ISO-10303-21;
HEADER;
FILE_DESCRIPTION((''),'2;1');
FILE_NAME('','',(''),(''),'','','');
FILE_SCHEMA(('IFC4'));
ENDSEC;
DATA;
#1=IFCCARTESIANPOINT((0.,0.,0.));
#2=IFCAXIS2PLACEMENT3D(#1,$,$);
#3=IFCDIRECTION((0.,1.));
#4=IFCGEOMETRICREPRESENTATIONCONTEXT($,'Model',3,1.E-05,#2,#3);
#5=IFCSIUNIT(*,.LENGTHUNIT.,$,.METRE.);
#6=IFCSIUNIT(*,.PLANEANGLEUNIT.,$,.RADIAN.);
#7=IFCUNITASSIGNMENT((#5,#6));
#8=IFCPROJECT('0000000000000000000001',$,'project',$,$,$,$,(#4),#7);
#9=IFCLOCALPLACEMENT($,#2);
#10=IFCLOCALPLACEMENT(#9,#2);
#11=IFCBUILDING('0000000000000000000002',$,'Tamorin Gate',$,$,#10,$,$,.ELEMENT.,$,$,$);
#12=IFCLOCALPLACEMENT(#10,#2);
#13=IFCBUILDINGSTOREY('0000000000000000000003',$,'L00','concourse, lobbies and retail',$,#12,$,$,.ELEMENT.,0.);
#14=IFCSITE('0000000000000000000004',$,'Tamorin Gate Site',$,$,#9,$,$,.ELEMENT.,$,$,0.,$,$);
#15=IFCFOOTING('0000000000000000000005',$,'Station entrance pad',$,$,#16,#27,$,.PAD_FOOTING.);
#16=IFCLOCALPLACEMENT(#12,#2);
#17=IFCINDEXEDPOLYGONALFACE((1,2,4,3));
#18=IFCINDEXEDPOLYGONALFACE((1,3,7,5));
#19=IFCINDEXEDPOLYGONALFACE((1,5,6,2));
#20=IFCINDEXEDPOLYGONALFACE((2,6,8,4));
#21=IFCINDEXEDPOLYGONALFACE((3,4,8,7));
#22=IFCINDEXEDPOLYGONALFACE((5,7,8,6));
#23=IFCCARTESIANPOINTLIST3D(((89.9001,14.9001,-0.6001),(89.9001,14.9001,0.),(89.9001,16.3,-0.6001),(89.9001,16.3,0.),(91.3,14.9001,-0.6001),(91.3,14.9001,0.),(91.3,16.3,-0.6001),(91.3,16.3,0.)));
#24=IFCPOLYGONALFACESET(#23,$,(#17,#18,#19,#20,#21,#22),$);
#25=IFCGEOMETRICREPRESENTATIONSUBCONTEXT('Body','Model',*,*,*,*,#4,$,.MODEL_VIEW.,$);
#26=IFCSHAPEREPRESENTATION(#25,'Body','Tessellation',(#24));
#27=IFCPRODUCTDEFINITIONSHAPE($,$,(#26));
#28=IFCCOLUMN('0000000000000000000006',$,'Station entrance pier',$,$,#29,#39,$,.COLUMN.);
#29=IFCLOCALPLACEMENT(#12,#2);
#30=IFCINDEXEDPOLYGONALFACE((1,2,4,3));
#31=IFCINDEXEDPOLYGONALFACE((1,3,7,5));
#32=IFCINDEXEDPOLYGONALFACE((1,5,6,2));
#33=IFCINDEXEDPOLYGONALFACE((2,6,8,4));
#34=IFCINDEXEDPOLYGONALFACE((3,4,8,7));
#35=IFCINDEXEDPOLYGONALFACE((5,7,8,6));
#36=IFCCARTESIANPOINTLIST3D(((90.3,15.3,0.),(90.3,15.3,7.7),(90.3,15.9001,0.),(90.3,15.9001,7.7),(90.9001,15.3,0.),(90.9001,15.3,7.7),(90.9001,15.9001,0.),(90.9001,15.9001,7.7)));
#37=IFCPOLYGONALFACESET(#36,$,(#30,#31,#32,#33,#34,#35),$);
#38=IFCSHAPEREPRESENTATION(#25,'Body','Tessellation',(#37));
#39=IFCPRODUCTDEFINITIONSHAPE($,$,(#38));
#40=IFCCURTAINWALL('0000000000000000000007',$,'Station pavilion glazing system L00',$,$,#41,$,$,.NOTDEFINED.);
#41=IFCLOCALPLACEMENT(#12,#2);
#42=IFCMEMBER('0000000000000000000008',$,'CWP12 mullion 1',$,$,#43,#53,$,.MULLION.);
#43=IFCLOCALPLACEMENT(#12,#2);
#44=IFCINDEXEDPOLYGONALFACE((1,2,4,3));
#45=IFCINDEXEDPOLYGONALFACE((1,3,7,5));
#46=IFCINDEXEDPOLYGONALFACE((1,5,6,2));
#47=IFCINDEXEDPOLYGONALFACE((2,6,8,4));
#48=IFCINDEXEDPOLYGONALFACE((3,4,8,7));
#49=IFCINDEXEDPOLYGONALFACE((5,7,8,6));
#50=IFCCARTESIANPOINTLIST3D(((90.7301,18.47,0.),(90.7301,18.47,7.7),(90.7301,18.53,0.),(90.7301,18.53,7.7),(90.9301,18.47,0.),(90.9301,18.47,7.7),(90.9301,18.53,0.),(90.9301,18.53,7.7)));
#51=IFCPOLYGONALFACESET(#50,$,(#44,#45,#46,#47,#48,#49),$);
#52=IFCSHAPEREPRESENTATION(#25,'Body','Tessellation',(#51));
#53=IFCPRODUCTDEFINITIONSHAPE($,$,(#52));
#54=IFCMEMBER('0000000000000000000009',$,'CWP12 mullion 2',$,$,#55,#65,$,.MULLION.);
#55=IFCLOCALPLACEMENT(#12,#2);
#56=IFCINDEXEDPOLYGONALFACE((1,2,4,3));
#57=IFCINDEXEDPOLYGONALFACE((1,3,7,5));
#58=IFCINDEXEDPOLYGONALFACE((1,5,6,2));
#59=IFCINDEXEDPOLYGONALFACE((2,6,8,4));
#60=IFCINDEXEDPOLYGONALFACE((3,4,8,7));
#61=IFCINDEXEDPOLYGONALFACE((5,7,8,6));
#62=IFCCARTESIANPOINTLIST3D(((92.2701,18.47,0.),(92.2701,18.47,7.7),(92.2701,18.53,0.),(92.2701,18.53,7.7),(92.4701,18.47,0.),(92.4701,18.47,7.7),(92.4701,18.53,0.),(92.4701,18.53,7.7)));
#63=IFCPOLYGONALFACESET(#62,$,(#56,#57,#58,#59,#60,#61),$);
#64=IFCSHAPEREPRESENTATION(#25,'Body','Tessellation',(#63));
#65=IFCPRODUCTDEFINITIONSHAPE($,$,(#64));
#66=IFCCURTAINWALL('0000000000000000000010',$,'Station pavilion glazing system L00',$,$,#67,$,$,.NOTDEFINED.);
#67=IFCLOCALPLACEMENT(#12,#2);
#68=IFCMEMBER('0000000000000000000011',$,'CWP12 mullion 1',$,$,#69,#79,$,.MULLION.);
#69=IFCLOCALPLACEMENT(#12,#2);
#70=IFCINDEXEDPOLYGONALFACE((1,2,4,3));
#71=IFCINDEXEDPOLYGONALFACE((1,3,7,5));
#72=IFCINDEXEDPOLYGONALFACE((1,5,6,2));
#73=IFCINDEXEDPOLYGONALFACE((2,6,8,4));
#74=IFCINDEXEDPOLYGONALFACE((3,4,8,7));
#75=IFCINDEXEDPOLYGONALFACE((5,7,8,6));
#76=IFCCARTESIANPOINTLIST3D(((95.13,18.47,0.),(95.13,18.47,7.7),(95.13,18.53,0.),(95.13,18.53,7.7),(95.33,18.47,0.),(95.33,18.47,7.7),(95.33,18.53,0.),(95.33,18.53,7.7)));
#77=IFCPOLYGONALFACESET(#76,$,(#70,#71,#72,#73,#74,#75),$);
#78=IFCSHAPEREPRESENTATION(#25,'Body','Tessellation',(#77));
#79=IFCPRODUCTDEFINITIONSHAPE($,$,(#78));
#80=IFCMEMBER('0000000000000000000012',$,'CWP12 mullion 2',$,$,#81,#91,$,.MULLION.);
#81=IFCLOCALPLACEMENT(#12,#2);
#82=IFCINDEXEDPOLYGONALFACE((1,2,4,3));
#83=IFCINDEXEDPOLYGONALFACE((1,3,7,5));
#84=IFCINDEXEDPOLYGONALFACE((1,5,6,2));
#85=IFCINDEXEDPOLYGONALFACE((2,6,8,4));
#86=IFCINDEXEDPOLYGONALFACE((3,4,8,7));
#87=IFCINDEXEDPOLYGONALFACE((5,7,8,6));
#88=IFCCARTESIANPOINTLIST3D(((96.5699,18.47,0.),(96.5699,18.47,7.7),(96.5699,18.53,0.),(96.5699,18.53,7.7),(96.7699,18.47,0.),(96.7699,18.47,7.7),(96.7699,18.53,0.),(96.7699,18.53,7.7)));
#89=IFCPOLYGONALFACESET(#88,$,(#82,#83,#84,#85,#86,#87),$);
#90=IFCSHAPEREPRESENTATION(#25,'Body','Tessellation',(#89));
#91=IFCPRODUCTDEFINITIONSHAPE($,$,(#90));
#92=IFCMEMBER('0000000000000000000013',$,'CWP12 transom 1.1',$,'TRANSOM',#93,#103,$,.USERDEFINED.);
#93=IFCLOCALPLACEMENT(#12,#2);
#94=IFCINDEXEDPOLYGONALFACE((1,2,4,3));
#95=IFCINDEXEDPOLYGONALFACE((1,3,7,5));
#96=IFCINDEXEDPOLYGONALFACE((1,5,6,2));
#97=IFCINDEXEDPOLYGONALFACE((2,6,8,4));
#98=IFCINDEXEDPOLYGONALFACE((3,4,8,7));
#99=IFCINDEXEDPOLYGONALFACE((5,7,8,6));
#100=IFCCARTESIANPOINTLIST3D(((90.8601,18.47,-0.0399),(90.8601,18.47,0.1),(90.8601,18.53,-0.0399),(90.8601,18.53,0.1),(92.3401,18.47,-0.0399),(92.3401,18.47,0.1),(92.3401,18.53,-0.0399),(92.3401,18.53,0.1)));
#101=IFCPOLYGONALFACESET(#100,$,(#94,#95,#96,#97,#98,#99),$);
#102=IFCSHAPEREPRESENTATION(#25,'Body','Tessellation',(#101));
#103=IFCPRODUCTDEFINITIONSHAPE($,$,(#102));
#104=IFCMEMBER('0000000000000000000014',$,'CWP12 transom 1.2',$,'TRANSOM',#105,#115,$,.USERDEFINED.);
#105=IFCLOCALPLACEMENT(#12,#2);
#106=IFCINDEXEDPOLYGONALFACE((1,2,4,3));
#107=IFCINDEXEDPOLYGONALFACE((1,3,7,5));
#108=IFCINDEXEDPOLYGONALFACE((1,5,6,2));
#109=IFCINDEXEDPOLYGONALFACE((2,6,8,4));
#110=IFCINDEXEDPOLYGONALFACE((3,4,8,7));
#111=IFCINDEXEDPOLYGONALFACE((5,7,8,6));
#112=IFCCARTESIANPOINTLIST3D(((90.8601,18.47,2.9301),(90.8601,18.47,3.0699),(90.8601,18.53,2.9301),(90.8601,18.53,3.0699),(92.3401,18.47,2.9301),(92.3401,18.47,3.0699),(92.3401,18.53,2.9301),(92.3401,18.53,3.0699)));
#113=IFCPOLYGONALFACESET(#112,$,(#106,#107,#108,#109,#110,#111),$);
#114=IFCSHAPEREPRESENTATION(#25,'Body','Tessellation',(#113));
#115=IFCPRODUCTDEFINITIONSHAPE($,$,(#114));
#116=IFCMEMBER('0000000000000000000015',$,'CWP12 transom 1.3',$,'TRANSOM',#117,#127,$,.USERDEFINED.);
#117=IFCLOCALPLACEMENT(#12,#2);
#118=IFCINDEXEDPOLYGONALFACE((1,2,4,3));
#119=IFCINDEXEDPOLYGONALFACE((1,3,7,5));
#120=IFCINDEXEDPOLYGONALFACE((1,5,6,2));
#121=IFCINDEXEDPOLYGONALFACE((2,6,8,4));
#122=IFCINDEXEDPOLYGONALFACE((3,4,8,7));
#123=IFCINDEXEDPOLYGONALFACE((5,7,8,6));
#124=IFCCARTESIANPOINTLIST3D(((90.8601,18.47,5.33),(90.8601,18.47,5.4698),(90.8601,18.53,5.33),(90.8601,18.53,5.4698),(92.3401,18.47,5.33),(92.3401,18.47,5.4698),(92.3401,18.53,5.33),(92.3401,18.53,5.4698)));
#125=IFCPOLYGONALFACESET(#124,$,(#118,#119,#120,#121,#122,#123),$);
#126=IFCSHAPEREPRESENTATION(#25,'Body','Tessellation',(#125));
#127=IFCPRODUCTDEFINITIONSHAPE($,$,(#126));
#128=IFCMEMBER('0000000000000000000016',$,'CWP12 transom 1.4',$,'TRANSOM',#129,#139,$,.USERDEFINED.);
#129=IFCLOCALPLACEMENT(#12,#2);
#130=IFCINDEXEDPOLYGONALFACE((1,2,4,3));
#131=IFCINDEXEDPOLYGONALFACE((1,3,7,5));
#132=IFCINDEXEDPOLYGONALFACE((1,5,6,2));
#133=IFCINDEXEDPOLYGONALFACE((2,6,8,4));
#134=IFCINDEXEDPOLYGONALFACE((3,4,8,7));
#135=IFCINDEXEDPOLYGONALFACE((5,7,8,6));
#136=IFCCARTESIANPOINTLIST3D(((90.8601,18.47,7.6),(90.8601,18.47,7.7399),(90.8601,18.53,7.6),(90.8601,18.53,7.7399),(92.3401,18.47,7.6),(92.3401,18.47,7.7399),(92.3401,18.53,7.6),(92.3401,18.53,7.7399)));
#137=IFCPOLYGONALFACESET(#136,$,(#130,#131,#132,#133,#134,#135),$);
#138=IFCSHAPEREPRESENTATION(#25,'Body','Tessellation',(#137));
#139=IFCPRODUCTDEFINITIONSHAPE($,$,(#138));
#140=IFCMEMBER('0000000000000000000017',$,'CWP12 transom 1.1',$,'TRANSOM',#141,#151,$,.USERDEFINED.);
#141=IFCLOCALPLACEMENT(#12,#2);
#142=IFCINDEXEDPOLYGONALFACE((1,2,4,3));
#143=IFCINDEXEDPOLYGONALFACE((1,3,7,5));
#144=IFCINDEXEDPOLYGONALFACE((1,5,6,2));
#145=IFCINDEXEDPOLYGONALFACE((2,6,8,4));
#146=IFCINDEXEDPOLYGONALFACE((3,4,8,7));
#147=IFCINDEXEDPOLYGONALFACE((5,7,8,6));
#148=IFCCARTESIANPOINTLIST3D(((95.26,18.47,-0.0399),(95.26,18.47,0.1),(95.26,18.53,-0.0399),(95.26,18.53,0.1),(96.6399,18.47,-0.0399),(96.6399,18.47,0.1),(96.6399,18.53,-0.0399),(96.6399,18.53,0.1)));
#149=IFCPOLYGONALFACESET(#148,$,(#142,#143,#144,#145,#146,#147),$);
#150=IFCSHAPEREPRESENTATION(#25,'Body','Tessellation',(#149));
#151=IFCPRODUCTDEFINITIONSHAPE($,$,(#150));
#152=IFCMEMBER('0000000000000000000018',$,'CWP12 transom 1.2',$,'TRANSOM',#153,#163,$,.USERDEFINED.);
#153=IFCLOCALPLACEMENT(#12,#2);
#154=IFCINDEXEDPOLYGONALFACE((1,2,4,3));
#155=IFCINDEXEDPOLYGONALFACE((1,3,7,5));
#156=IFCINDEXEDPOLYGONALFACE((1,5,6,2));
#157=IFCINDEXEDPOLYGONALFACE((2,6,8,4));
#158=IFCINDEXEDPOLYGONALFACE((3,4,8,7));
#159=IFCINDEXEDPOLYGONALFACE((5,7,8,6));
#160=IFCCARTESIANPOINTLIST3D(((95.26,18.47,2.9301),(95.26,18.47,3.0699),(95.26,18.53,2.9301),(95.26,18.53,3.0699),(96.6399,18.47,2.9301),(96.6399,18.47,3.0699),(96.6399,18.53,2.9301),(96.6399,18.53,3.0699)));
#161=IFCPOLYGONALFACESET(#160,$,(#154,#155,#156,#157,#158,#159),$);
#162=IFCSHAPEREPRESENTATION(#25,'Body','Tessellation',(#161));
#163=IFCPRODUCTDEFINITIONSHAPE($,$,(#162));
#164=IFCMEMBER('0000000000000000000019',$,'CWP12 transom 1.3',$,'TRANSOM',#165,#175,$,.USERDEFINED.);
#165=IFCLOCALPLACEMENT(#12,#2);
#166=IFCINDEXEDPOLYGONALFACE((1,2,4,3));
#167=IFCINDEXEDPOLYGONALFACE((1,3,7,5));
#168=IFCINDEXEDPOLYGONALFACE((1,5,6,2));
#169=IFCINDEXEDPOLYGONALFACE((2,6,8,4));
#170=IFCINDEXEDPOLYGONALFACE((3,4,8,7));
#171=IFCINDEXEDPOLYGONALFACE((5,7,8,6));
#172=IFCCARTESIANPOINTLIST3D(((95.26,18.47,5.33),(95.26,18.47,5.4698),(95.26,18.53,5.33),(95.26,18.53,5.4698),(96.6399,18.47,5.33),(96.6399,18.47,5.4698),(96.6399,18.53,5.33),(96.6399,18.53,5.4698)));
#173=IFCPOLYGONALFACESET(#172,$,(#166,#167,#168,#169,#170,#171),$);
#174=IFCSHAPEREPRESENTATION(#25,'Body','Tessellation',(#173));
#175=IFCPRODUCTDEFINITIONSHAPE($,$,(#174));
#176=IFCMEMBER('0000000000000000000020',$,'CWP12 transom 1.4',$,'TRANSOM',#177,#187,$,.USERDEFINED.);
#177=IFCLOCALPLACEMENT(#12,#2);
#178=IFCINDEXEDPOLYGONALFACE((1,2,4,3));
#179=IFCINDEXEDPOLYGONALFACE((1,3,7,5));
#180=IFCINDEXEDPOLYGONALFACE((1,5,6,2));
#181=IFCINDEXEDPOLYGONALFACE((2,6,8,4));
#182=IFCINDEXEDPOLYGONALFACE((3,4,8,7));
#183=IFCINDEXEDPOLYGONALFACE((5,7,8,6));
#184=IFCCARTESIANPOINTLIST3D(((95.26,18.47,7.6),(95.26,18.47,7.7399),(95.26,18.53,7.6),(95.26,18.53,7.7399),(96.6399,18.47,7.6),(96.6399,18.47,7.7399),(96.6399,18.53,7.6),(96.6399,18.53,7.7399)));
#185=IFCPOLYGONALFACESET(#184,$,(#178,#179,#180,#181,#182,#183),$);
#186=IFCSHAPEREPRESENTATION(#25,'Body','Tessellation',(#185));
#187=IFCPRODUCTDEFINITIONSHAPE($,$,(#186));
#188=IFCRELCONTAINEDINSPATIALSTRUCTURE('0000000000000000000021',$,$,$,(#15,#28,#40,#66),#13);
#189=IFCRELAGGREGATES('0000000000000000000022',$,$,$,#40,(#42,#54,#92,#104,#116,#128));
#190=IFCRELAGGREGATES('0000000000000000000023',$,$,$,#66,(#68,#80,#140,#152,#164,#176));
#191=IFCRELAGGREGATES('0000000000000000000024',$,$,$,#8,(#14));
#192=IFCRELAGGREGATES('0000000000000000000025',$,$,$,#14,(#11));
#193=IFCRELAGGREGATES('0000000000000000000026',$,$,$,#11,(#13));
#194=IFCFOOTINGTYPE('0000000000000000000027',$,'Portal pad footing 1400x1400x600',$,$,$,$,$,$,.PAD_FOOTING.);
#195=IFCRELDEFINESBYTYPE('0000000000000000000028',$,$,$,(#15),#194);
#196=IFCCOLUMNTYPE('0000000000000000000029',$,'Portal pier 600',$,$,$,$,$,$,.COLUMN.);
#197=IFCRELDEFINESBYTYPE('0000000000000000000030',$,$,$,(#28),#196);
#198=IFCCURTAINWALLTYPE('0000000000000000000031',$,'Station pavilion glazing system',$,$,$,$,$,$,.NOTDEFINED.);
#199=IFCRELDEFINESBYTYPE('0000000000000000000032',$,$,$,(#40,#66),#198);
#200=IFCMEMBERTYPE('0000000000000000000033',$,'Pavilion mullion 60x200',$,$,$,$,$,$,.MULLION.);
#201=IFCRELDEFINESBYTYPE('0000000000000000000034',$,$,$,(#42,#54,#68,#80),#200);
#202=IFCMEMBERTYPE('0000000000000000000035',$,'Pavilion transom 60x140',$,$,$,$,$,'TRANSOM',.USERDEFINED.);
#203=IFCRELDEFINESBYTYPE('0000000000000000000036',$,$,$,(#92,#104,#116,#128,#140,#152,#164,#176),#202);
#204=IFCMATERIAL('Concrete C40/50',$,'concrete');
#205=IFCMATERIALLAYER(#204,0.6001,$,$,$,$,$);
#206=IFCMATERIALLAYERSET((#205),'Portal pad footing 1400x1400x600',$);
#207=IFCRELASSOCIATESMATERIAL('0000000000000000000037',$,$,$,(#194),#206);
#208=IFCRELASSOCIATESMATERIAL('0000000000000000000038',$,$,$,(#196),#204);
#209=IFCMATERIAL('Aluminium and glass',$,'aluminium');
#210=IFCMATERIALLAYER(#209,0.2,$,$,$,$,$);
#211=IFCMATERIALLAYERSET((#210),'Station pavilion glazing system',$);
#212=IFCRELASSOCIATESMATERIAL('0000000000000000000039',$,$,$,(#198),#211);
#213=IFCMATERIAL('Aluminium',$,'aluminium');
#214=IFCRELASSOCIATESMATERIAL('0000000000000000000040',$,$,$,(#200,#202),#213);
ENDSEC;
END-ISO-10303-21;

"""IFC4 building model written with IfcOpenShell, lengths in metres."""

from ifc_helpers import new_model, si_unit, direction, frame, origin, origin_2d, place, context, subcontext, project, spatial, rectangle, extrude, material, layer, layer_set, material_profile, profile_set, type_object, element, aggregate, save


model = new_model("IFC4")

# Units and contexts
model_context = context("Model", 3, precision=1e-05, world=origin(), true_north=direction((0.0, 1.0)))
body_context = subcontext(model_context, "Body", "Model", "MODEL_VIEW")
ifc_project = project(units=[si_unit("LENGTHUNIT", "METRE"), si_unit("PLANEANGLEUNIT", "RADIAN")], contexts=[model_context])

# Site, building, storey
site_placement = place(None, origin())
site = spatial("IfcSite", under=ifc_project, at=site_placement, Name="Tamorin Gate Site", CompositionType="ELEMENT", RefElevation=0.0)
building_placement = place(site_placement, origin())
building = spatial("IfcBuilding", under=site, at=building_placement, Name="Tamorin Gate", CompositionType="ELEMENT")
storey_placement = place(building_placement, origin())
storey = spatial("IfcBuildingStorey", under=building, at=storey_placement, Name="L00", Description="concourse, lobbies and retail", CompositionType="ELEMENT", Elevation=0.0)

# Footing
ifc_material_1 = material(Name="Concrete C40/50", Category="concrete")
ifc_layer_1 = layer(ifc_material_1, 0.6001)
ifc_layer_set_1 = layer_set([ifc_layer_1], Name="Portal pad footing 1400x1400x600")
footing_type = type_object("IfcFootingType", Name="Portal pad footing 1400x1400x600", PredefinedType="PAD_FOOTING", material=ifc_layer_set_1)
footing_placement = place(storey_placement, frame((90.6001, 15.6001, -0.6001), z_axis=(0.0, 0.0, 1.0), x_axis=(1.0, 0.0, 0.0)))
element("IfcFooting", 1, at=footing_placement, inside=storey, type_object=footing_type, Name="Station entrance pad", PredefinedType="PAD_FOOTING", context=body_context, shape_type="SweptSolid", body=[
    extrude(rectangle(XDim=1.3999, YDim=1.3999, at=origin_2d()), origin(), (0.0, 0.0, 1.0), 0.6001),
])

# Column
ifc_material_profile_1 = material_profile(ifc_material_1, rectangle(XDim=0.6001, YDim=0.6001, at=origin_2d()), Name="RC 600x600")
ifc_profile_set_1 = profile_set([ifc_material_profile_1], Name="Concrete C40/50")
column_type = type_object("IfcColumnType", Name="Portal pier 600", PredefinedType="COLUMN", material=ifc_profile_set_1)
column_placement = place(storey_placement, frame((90.6001, 15.6001, 0.0), z_axis=(0.0, 0.0, 1.0), x_axis=(1.0, 0.0, 0.0)))
element("IfcColumn", 2, at=column_placement, inside=storey, type_object=column_type, Name="Station entrance pier", PredefinedType="COLUMN", context=body_context, shape_type="SweptSolid", body=[
    extrude(rectangle(XDim=0.6001, YDim=0.6001, at=origin_2d()), origin(), (0.0, 0.0, 1.0), 7.7),
])

# Curtain walls, members
ifc_material_2 = material(Name="Aluminium and glass", Category="aluminium")
ifc_layer_2 = layer(ifc_material_2, 0.2)
ifc_layer_set_2 = layer_set([ifc_layer_2], Name="Station pavilion glazing system")
curtain_wall_type = type_object("IfcCurtainWallType", Name="Station pavilion glazing system", PredefinedType="NOTDEFINED", material=ifc_layer_set_2)
curtain_wall_1_placement = place(storey_placement, origin())
curtain_wall_1 = element("IfcCurtainWall", 3, at=curtain_wall_1_placement, inside=storey, type_object=curtain_wall_type, Name="Station pavilion glazing system L00", PredefinedType="NOTDEFINED")
ifc_material_3 = material(Name="Aluminium", Category="aluminium")
ifc_material_profile_2 = material_profile(ifc_material_3, rectangle(XDim=0.0601, YDim=0.2, at=origin_2d()), Name="RECT 60x200")
ifc_profile_set_2 = profile_set([ifc_material_profile_2], Name="Aluminium")
member_type_1 = type_object("IfcMemberType", Name="Pavilion mullion 60x200", PredefinedType="MULLION", material=ifc_profile_set_2)
member_1_placement = place(storey_placement, frame((90.8301, 18.5, 0.0), z_axis=(0.0, 0.0, 1.0), x_axis=(0.0, 1.0, 0.0)))
member_1 = element("IfcMember", 4, at=member_1_placement, type_object=member_type_1, Name="CWP12 mullion 1", PredefinedType="MULLION", context=body_context, shape_type="SweptSolid", body=[
    extrude(rectangle(XDim=0.0601, YDim=0.2, at=origin_2d()), origin(), (0.0, 0.0, 1.0), 7.7),
])
member_2_placement = place(storey_placement, frame((92.3701, 18.5, 0.0), z_axis=(0.0, 0.0, 1.0), x_axis=(0.0, 1.0, 0.0)))
member_2 = element("IfcMember", 5, at=member_2_placement, type_object=member_type_1, Name="CWP12 mullion 2", PredefinedType="MULLION", context=body_context, shape_type="SweptSolid", body=[
    extrude(rectangle(XDim=0.0601, YDim=0.2, at=origin_2d()), origin(), (0.0, 0.0, 1.0), 7.7),
])
curtain_wall_2_placement = place(storey_placement, origin())
curtain_wall_2 = element("IfcCurtainWall", 6, at=curtain_wall_2_placement, inside=storey, type_object=curtain_wall_type, Name="Station pavilion glazing system L00", PredefinedType="NOTDEFINED")
member_3_placement = place(storey_placement, frame((95.23, 18.5, 0.0), z_axis=(0.0, 0.0, 1.0), x_axis=(0.0, 1.0, 0.0)))
member_3 = element("IfcMember", 7, at=member_3_placement, type_object=member_type_1, Name="CWP12 mullion 1", PredefinedType="MULLION", context=body_context, shape_type="SweptSolid", body=[
    extrude(rectangle(XDim=0.0601, YDim=0.2, at=origin_2d()), origin(), (0.0, 0.0, 1.0), 7.7),
])
member_4_placement = place(storey_placement, frame((96.6699, 18.5, 0.0), z_axis=(0.0, 0.0, 1.0), x_axis=(0.0, 1.0, 0.0)))
member_4 = element("IfcMember", 8, at=member_4_placement, type_object=member_type_1, Name="CWP12 mullion 2", PredefinedType="MULLION", context=body_context, shape_type="SweptSolid", body=[
    extrude(rectangle(XDim=0.0601, YDim=0.2, at=origin_2d()), origin(), (0.0, 0.0, 1.0), 7.7),
])

# Members
ifc_material_profile_3 = material_profile(ifc_material_3, rectangle(XDim=0.0601, YDim=0.1399, at=origin_2d()), Name="RECT 60x140")
ifc_profile_set_3 = profile_set([ifc_material_profile_3], Name="Aluminium")
member_type_2 = type_object("IfcMemberType", Name="Pavilion transom 60x140", ElementType="TRANSOM", PredefinedType="USERDEFINED", material=ifc_profile_set_3)
member_5_placement = place(storey_placement, frame((90.8601, 18.5, 0.03), z_axis=(1.0, 0.0, 0.0), x_axis=(0.0, 1.0, 0.0)))
member_5 = element("IfcMember", 9, at=member_5_placement, type_object=member_type_2, Name="CWP12 transom 1.1", ObjectType="TRANSOM", PredefinedType="USERDEFINED", context=body_context, shape_type="SweptSolid", body=[
    extrude(rectangle(XDim=0.0601, YDim=0.1399, at=origin_2d()), origin(), (0.0, 0.0, 1.0), 1.48),
])
member_6_placement = place(storey_placement, frame((90.8601, 18.5, 3.0), z_axis=(1.0, 0.0, 0.0), x_axis=(0.0, 1.0, 0.0)))
member_6 = element("IfcMember", 10, at=member_6_placement, type_object=member_type_2, Name="CWP12 transom 1.2", ObjectType="TRANSOM", PredefinedType="USERDEFINED", context=body_context, shape_type="SweptSolid", body=[
    extrude(rectangle(XDim=0.0601, YDim=0.1399, at=origin_2d()), origin(), (0.0, 0.0, 1.0), 1.48),
])
member_7_placement = place(storey_placement, frame((90.8601, 18.5, 5.3999), z_axis=(1.0, 0.0, 0.0), x_axis=(0.0, 1.0, 0.0)))
member_7 = element("IfcMember", 11, at=member_7_placement, type_object=member_type_2, Name="CWP12 transom 1.3", ObjectType="TRANSOM", PredefinedType="USERDEFINED", context=body_context, shape_type="SweptSolid", body=[
    extrude(rectangle(XDim=0.0601, YDim=0.1399, at=origin_2d()), origin(), (0.0, 0.0, 1.0), 1.48),
])
member_8_placement = place(storey_placement, frame((90.8601, 18.5, 7.6699), z_axis=(1.0, 0.0, 0.0), x_axis=(0.0, 1.0, 0.0)))
member_8 = element("IfcMember", 12, at=member_8_placement, type_object=member_type_2, Name="CWP12 transom 1.4", ObjectType="TRANSOM", PredefinedType="USERDEFINED", context=body_context, shape_type="SweptSolid", body=[
    extrude(rectangle(XDim=0.0601, YDim=0.1399, at=origin_2d()), origin(), (0.0, 0.0, 1.0), 1.48),
])
member_9_placement = place(storey_placement, frame((95.26, 18.5, 0.03), z_axis=(1.0, 0.0, 0.0), x_axis=(0.0, 1.0, 0.0)))
member_9 = element("IfcMember", 13, at=member_9_placement, type_object=member_type_2, Name="CWP12 transom 1.1", ObjectType="TRANSOM", PredefinedType="USERDEFINED", context=body_context, shape_type="SweptSolid", body=[
    extrude(rectangle(XDim=0.0601, YDim=0.1399, at=origin_2d()), origin(), (0.0, 0.0, 1.0), 1.3799),
])
member_10_placement = place(storey_placement, frame((95.26, 18.5, 3.0), z_axis=(1.0, 0.0, 0.0), x_axis=(0.0, 1.0, 0.0)))
member_10 = element("IfcMember", 14, at=member_10_placement, type_object=member_type_2, Name="CWP12 transom 1.2", ObjectType="TRANSOM", PredefinedType="USERDEFINED", context=body_context, shape_type="SweptSolid", body=[
    extrude(rectangle(XDim=0.0601, YDim=0.1399, at=origin_2d()), origin(), (0.0, 0.0, 1.0), 1.3799),
])
member_11_placement = place(storey_placement, frame((95.26, 18.5, 5.3999), z_axis=(1.0, 0.0, 0.0), x_axis=(0.0, 1.0, 0.0)))
member_11 = element("IfcMember", 15, at=member_11_placement, type_object=member_type_2, Name="CWP12 transom 1.3", ObjectType="TRANSOM", PredefinedType="USERDEFINED", context=body_context, shape_type="SweptSolid", body=[
    extrude(rectangle(XDim=0.0601, YDim=0.1399, at=origin_2d()), origin(), (0.0, 0.0, 1.0), 1.3799),
])
member_12_placement = place(storey_placement, frame((95.26, 18.5, 7.6699), z_axis=(1.0, 0.0, 0.0), x_axis=(0.0, 1.0, 0.0)))
member_12 = element("IfcMember", 16, at=member_12_placement, type_object=member_type_2, Name="CWP12 transom 1.4", ObjectType="TRANSOM", PredefinedType="USERDEFINED", context=body_context, shape_type="SweptSolid", body=[
    extrude(rectangle(XDim=0.0601, YDim=0.1399, at=origin_2d()), origin(), (0.0, 0.0, 1.0), 1.3799),
])

aggregate(curtain_wall_1, [member_1, member_2, member_5, member_6, member_7, member_8])
aggregate(curtain_wall_2, [member_3, member_4, member_9, member_10, member_11, member_12])

save(model, "model.ifc")
